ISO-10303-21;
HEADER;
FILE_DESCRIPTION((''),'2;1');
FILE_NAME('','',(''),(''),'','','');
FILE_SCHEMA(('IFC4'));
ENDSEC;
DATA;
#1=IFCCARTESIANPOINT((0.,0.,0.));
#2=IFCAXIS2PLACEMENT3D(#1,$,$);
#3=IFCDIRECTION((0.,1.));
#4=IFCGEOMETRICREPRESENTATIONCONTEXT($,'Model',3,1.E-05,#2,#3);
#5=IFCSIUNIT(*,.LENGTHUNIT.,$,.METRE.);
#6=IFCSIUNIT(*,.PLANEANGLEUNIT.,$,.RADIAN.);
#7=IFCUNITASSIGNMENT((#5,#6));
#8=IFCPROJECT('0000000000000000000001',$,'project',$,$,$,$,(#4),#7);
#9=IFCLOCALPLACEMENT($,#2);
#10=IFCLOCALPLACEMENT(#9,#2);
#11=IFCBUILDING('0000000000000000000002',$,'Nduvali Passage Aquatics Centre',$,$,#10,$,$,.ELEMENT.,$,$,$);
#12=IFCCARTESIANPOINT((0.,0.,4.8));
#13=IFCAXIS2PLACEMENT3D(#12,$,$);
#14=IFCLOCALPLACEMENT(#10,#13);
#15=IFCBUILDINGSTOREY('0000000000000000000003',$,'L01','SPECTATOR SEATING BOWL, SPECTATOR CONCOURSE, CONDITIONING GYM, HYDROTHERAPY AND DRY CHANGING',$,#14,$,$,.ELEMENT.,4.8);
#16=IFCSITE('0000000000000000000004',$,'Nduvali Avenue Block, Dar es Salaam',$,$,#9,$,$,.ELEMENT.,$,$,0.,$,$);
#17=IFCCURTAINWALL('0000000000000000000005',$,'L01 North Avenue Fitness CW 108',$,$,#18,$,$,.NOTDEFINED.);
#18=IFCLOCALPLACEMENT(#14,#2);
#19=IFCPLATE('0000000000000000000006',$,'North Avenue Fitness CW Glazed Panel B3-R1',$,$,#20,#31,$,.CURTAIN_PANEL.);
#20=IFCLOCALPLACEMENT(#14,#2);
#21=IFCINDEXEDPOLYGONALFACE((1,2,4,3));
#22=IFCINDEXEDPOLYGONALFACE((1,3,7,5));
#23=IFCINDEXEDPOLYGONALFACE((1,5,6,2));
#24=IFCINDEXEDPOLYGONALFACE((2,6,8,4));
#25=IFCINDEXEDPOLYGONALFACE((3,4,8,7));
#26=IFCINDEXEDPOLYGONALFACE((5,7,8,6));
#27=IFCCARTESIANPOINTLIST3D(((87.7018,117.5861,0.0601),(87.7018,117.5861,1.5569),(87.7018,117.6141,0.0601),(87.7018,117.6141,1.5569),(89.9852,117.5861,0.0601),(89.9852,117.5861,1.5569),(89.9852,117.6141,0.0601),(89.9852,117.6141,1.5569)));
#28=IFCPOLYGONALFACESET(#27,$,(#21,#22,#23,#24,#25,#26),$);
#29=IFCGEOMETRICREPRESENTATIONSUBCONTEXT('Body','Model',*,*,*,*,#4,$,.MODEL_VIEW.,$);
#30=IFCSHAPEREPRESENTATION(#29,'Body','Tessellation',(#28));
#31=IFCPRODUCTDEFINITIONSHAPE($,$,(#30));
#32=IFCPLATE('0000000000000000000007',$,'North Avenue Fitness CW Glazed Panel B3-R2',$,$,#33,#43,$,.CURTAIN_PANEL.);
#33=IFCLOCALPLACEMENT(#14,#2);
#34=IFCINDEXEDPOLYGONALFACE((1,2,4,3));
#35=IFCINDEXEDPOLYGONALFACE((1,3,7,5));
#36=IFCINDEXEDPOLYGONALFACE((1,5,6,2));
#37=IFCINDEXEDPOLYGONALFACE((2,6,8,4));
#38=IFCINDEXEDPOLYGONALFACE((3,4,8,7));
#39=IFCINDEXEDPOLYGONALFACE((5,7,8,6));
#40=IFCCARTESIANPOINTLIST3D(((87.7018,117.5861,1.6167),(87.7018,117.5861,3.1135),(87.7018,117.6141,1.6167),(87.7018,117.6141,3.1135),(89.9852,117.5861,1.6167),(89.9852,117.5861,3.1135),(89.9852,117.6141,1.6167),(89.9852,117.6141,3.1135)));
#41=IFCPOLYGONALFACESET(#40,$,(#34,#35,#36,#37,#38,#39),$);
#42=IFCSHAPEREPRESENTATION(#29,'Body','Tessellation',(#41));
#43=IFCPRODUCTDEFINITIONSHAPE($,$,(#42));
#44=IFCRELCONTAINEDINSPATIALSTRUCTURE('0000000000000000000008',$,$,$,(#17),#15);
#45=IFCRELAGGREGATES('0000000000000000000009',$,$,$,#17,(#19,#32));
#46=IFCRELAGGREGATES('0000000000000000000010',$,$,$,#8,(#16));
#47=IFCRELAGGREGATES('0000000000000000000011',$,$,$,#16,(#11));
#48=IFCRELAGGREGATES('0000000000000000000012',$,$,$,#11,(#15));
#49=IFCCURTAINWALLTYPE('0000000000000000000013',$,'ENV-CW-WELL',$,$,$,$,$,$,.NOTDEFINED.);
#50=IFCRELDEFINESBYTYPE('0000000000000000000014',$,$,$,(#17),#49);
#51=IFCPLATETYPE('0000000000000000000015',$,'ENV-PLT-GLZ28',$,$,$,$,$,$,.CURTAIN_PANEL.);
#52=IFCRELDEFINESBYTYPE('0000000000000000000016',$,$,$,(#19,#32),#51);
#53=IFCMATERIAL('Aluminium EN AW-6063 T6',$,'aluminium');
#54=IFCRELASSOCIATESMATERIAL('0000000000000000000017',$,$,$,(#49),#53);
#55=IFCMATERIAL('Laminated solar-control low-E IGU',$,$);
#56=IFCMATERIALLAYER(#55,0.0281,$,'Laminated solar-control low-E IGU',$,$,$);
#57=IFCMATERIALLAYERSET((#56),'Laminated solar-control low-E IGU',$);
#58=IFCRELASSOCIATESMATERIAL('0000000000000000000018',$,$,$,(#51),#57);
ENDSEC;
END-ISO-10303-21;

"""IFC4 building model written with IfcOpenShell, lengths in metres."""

from ifc_helpers import new_model, si_unit, direction, frame, origin, origin_2d, place, context, subcontext, project, spatial, rectangle, extrude, material, layer, layer_set, type_object, element, aggregate, save


model = new_model("IFC4")

# Units and contexts
model_context = context("Model", 3, precision=1e-05, world=origin(), true_north=direction((0.0, 1.0)))
body_context = subcontext(model_context, "Body", "Model", "MODEL_VIEW")
ifc_project = project(units=[si_unit("LENGTHUNIT", "METRE"), si_unit("PLANEANGLEUNIT", "RADIAN")], contexts=[model_context])

# Site, building, storey
site_placement = place(None, origin())
site = spatial("IfcSite", under=ifc_project, at=site_placement, Name="Nduvali Avenue Block, Dar es Salaam", CompositionType="ELEMENT", RefElevation=0.0)
building_placement = place(site_placement, origin())
building = spatial("IfcBuilding", under=site, at=building_placement, Name="Nduvali Passage Aquatics Centre", CompositionType="ELEMENT")
storey_placement = place(building_placement, frame((0.0, 0.0, 4.8)))
storey = spatial("IfcBuildingStorey", under=building, at=storey_placement, Name="L01", Description="SPECTATOR SEATING BOWL, SPECTATOR CONCOURSE, CONDITIONING GYM, HYDROTHERAPY AND DRY CHANGING", CompositionType="ELEMENT", Elevation=4.8)

# Shared definitions
ifc_material_1 = material(Name="Aluminium EN AW-6063 T6", Category="aluminium")
curtain_wall_type = type_object("IfcCurtainWallType", Name="ENV-CW-WELL", PredefinedType="NOTDEFINED", material=ifc_material_1)

# Curtain wall
curtain_wall_1_placement = place(storey_placement, origin())
curtain_wall_1 = element("IfcCurtainWall", 1, at=curtain_wall_1_placement, inside=storey, type_object=curtain_wall_type, Name="L01 North Avenue Fitness CW 108", PredefinedType="NOTDEFINED")

# Plates
ifc_material_2 = material(Name="Laminated solar-control low-E IGU")
ifc_layer = layer(ifc_material_2, 0.0281, Name="Laminated solar-control low-E IGU")
ifc_layer_set = layer_set([ifc_layer], Name="Laminated solar-control low-E IGU")
plate_type = type_object("IfcPlateType", Name="ENV-PLT-GLZ28", PredefinedType="CURTAIN_PANEL", material=ifc_layer_set)
plate_1_placement = place(storey_placement, frame((88.8435, 117.6001, 0.0601), z_axis=(0.0, 0.0, 1.0), x_axis=(1.0, 0.0, 0.0)))
plate_1 = element("IfcPlate", 2, at=plate_1_placement, type_object=plate_type, Name="North Avenue Fitness CW Glazed Panel B3-R1", PredefinedType="CURTAIN_PANEL", context=body_context, shape_type="SweptSolid", body=[
    extrude(rectangle(XDim=2.2834, YDim=0.0281, at=origin_2d()), origin(), (0.0, 0.0, 1.0), 1.4968),
])
plate_2_placement = place(storey_placement, frame((88.8435, 117.6001, 1.6167), z_axis=(0.0, 0.0, 1.0), x_axis=(1.0, 0.0, 0.0)))
plate_2 = element("IfcPlate", 3, at=plate_2_placement, type_object=plate_type, Name="North Avenue Fitness CW Glazed Panel B3-R2", PredefinedType="CURTAIN_PANEL", context=body_context, shape_type="SweptSolid", body=[
    extrude(rectangle(XDim=2.2834, YDim=0.0281, at=origin_2d()), origin(), (0.0, 0.0, 1.0), 1.4968),
])
aggregate(curtain_wall_1, [plate_1, plate_2])

save(model, "model.ifc")
